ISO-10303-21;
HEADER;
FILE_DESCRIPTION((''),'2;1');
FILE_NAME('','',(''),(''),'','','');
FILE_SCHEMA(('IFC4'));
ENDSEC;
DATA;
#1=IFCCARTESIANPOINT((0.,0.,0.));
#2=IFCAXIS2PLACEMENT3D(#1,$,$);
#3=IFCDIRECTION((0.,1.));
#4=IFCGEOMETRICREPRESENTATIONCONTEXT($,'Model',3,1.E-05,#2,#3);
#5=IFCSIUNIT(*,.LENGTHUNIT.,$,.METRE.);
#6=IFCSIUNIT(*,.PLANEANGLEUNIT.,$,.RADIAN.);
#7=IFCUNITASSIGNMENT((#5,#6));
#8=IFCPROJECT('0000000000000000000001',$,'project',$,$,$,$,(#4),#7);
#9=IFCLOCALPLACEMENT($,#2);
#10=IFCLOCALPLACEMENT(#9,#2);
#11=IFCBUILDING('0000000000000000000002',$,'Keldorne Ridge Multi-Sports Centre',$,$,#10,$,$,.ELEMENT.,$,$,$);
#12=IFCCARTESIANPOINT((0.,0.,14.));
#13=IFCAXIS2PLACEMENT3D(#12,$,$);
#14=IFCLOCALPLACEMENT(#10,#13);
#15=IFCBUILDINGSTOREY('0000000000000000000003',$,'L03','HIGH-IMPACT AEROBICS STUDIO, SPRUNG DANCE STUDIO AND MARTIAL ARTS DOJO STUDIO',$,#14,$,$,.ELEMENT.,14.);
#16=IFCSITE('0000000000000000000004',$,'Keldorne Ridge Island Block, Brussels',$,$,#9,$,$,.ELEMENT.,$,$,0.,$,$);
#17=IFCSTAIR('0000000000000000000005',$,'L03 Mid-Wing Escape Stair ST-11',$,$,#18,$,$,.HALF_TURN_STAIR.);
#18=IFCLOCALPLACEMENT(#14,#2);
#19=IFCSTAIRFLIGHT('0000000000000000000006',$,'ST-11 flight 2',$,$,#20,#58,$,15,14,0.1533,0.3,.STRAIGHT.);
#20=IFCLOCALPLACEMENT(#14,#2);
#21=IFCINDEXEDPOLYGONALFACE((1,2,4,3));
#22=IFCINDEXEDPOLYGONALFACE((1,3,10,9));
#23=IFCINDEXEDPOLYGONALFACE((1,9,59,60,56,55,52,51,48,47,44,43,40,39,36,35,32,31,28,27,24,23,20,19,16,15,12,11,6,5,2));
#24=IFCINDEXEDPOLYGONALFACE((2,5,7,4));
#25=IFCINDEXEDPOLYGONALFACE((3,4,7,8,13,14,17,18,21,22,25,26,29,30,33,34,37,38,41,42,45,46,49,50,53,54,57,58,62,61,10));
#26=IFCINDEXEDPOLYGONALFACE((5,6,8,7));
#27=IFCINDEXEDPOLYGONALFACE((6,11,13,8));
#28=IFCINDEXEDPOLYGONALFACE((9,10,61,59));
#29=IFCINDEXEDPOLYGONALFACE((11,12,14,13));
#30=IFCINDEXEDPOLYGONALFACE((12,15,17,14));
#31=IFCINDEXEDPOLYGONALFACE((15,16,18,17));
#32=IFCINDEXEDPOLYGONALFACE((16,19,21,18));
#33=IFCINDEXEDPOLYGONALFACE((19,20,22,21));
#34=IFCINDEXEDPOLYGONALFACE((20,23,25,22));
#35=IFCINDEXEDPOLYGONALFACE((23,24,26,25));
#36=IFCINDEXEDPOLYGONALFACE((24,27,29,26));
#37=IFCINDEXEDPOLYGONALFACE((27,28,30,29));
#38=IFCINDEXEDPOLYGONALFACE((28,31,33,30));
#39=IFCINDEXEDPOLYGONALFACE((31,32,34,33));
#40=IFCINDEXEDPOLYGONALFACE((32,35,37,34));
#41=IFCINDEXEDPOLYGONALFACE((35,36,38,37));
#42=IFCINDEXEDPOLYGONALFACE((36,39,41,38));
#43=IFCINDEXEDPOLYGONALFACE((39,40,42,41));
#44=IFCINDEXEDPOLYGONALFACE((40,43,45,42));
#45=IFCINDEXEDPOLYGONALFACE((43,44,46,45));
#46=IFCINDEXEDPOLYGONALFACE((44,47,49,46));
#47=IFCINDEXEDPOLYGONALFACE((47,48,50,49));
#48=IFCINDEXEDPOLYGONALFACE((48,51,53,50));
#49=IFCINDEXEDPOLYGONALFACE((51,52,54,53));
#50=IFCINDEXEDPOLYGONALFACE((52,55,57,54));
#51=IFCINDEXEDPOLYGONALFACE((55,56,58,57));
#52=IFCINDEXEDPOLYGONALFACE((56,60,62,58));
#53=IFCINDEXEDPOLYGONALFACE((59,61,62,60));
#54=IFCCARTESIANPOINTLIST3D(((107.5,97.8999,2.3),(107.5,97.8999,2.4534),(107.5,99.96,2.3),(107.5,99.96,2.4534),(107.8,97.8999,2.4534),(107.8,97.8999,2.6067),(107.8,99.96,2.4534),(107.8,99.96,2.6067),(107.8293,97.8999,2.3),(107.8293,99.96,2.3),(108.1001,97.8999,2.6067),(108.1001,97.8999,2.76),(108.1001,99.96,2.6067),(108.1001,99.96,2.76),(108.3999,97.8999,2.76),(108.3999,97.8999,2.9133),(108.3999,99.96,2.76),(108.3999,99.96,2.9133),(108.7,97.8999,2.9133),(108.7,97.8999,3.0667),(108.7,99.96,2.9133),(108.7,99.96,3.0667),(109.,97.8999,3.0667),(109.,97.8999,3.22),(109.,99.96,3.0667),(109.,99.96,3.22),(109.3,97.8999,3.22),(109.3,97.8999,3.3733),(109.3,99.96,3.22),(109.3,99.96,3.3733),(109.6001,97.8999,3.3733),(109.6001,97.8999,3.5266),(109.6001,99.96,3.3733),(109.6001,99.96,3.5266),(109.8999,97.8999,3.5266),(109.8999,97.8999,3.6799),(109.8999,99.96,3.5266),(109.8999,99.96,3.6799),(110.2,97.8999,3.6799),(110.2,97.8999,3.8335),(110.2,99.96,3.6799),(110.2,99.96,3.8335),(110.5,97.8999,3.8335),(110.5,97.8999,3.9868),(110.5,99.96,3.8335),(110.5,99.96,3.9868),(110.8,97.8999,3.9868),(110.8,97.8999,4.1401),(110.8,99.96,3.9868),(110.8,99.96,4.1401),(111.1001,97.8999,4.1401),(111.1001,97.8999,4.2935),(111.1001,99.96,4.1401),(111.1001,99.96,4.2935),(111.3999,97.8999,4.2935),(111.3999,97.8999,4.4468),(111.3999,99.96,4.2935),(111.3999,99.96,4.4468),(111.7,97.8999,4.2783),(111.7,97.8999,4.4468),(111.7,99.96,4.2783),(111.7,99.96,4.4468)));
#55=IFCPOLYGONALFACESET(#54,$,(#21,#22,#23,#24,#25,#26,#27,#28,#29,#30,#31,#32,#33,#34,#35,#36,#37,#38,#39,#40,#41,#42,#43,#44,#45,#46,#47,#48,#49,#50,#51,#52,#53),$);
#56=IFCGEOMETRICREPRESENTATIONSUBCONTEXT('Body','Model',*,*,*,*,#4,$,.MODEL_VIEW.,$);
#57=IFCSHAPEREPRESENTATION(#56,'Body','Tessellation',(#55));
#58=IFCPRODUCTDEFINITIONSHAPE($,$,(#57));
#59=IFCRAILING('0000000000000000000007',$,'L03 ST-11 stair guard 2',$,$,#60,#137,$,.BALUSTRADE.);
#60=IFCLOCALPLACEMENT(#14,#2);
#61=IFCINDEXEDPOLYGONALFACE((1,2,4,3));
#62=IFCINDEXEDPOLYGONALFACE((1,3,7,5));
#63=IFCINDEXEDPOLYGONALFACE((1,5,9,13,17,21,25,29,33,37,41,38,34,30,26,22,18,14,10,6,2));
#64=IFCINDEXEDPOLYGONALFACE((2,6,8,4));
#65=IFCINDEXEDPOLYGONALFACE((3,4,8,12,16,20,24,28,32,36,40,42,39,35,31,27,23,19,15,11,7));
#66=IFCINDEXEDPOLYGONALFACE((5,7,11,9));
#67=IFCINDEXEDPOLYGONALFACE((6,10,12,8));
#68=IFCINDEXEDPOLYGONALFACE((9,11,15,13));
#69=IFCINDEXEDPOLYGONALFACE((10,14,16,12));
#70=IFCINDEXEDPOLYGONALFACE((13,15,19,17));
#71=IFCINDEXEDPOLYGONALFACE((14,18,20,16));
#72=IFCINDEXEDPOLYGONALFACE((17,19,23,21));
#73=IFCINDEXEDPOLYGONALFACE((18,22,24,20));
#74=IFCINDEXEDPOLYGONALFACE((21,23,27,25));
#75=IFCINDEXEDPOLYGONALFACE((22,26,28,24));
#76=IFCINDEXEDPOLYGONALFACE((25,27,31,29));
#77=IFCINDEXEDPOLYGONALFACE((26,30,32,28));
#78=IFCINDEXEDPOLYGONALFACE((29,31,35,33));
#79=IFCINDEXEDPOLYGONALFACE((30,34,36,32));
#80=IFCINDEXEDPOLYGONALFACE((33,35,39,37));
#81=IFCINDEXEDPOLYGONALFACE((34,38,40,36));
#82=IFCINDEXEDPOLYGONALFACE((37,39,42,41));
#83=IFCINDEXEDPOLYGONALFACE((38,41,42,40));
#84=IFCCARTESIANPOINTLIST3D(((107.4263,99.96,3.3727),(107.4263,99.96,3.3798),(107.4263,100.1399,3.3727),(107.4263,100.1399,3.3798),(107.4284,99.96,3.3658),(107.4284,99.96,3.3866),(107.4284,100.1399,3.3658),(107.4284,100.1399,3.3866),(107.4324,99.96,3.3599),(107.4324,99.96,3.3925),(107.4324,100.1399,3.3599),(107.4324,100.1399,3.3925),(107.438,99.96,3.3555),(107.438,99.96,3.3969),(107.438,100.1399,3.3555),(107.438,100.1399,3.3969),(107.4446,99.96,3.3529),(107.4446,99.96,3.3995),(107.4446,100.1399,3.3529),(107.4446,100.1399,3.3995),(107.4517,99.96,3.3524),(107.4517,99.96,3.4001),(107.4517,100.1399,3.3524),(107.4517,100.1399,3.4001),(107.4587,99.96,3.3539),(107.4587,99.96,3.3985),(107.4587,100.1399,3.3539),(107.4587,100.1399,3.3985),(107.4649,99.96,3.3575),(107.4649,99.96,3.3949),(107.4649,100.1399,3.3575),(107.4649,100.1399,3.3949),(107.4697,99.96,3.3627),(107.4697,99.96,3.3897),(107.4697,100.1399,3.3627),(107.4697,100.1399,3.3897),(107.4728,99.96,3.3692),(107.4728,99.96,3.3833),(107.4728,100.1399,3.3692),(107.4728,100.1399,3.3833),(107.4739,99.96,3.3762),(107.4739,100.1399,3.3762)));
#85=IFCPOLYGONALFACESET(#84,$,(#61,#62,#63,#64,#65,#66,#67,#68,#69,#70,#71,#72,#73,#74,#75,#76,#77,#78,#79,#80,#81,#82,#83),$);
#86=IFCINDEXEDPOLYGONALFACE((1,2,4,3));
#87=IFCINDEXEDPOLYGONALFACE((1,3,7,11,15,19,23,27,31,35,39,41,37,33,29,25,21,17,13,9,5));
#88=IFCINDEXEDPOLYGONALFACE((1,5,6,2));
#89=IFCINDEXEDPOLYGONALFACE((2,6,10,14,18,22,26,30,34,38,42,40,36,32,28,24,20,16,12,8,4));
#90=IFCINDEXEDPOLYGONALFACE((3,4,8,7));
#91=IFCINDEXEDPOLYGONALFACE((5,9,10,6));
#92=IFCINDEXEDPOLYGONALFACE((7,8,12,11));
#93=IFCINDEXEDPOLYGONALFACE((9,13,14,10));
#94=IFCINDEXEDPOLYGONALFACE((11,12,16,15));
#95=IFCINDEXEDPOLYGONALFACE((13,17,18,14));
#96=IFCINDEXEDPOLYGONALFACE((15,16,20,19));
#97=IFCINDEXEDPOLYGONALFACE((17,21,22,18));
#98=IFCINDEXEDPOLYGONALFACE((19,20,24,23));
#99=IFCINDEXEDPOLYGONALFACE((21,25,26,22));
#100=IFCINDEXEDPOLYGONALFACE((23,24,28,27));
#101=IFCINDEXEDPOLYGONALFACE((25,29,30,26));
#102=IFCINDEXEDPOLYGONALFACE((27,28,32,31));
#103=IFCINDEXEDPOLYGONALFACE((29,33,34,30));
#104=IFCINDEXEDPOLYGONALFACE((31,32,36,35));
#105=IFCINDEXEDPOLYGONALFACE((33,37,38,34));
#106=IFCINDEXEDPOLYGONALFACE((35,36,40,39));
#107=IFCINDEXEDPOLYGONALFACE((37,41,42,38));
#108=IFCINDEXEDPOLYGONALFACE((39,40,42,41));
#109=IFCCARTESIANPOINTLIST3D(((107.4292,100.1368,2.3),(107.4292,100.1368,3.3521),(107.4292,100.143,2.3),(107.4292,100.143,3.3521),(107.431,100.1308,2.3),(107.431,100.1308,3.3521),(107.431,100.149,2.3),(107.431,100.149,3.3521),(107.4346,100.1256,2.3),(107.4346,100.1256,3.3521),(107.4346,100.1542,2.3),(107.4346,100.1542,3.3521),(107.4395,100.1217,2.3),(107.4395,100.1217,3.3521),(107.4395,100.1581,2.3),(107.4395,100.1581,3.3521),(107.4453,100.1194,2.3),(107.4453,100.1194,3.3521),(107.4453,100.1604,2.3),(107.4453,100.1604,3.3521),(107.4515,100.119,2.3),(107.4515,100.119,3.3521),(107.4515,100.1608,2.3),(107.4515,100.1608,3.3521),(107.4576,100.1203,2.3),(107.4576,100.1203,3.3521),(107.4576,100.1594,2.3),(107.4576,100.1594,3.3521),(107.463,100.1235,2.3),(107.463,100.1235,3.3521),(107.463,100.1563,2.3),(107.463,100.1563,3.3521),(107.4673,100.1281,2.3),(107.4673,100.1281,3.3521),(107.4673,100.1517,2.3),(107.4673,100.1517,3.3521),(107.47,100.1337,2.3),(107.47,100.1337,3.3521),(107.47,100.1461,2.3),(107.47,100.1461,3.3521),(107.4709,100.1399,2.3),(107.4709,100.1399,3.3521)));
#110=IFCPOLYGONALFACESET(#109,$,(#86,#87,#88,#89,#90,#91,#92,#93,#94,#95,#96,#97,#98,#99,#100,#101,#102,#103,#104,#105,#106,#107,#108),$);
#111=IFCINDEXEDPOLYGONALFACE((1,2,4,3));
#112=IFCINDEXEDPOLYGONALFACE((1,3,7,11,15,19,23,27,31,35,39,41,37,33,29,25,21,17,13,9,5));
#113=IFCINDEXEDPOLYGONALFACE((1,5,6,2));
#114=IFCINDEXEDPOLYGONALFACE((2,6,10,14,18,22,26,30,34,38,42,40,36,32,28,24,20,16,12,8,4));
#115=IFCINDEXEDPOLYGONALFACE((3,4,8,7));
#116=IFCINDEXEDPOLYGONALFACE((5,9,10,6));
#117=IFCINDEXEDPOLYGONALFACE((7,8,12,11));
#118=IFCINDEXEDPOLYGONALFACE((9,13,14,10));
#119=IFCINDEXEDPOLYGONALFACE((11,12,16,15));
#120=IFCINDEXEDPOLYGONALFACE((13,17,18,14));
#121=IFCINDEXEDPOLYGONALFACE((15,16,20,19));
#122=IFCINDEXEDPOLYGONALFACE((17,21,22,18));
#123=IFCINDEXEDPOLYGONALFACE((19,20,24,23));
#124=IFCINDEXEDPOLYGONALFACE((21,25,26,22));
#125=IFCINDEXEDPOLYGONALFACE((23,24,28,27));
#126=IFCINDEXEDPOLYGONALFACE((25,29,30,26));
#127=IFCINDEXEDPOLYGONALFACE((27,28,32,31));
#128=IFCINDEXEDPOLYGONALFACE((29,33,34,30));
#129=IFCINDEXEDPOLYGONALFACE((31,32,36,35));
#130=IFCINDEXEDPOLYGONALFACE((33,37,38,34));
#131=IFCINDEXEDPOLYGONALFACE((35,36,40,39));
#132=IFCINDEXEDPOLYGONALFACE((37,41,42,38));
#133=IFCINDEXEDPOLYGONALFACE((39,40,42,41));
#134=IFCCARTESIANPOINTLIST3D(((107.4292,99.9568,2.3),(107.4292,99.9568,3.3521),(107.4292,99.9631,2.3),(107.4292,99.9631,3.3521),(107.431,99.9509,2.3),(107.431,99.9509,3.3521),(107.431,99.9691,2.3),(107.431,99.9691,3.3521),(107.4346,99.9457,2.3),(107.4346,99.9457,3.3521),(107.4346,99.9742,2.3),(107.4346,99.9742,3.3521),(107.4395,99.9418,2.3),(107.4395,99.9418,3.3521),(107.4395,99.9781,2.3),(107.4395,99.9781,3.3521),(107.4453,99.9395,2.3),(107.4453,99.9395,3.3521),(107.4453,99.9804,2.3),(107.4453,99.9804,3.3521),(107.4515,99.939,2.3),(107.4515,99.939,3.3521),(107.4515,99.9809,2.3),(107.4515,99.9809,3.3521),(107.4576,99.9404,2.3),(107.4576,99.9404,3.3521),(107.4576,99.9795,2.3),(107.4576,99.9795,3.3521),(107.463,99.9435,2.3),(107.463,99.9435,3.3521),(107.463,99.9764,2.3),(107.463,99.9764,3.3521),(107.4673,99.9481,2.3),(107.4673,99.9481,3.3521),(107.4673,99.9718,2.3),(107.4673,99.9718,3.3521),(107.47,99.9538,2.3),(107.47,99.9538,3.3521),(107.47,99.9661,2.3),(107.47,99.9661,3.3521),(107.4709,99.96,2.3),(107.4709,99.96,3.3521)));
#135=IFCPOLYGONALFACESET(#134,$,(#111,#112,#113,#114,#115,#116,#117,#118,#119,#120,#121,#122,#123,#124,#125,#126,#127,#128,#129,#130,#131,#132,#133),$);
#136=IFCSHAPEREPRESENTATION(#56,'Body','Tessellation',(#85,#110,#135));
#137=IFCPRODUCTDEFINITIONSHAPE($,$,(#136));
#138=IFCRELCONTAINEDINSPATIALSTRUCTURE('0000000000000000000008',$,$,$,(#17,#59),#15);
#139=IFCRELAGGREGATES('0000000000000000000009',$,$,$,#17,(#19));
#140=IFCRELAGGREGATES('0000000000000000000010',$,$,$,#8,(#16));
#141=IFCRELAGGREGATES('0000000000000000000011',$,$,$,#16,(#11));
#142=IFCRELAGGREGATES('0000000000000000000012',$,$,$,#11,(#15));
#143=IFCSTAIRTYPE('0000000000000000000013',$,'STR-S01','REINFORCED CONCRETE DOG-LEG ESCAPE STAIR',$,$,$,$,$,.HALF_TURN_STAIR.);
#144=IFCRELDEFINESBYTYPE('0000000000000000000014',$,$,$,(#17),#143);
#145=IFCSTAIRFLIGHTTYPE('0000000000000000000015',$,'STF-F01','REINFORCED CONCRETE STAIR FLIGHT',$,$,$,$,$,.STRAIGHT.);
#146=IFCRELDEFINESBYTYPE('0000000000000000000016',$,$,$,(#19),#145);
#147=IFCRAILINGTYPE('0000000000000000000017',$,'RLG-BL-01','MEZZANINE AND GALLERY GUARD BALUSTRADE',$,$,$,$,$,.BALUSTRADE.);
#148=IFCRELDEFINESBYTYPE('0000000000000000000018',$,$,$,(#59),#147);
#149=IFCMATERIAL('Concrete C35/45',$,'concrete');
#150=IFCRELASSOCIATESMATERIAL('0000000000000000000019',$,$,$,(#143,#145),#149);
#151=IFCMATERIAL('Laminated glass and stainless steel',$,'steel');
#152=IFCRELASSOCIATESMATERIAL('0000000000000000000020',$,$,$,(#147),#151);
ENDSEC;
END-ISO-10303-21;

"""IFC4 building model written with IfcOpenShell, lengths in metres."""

from ifc_helpers import new_model, si_unit, direction, frame, origin, origin_2d, place, context, subcontext, project, spatial, polyline, circle, outline, extrude, material, type_object, element, aggregate, save


model = new_model("IFC4")

# Units and contexts
model_context = context("Model", 3, precision=1e-05, world=origin(), true_north=direction((0.0, 1.0)))
body_context = subcontext(model_context, "Body", "Model", "MODEL_VIEW")
ifc_project = project(units=[si_unit("LENGTHUNIT", "METRE"), si_unit("PLANEANGLEUNIT", "RADIAN")], contexts=[model_context])

# Site, building, storey
site_placement = place(None, origin())
site = spatial("IfcSite", under=ifc_project, at=site_placement, Name="Keldorne Ridge Island Block, Brussels", CompositionType="ELEMENT", RefElevation=0.0)
building_placement = place(site_placement, origin())
building = spatial("IfcBuilding", under=site, at=building_placement, Name="Keldorne Ridge Multi-Sports Centre", CompositionType="ELEMENT")
storey_placement = place(building_placement, frame((0.0, 0.0, 14.0)))
storey = spatial("IfcBuildingStorey", under=building, at=storey_placement, Name="L03", Description="HIGH-IMPACT AEROBICS STUDIO, SPRUNG DANCE STUDIO AND MARTIAL ARTS DOJO STUDIO", CompositionType="ELEMENT", Elevation=14.0)

# Stair, stair flight
ifc_material_1 = material(Name="Concrete C35/45", Category="concrete")
stair_type = type_object("IfcStairType", Name="STR-S01", Description="REINFORCED CONCRETE DOG-LEG ESCAPE STAIR", PredefinedType="HALF_TURN_STAIR", material=ifc_material_1)
stair_placement = place(storey_placement, origin())
stair = element("IfcStair", 1, at=stair_placement, inside=storey, type_object=stair_type, Name="L03 Mid-Wing Escape Stair ST-11", PredefinedType="HALF_TURN_STAIR")
stair_flight_type = type_object("IfcStairFlightType", Name="STF-F01", Description="REINFORCED CONCRETE STAIR FLIGHT", PredefinedType="STRAIGHT", material=ifc_material_1)
stair_flight_placement = place(storey_placement, frame((107.5, 98.9299, 2.3), z_axis=(0.0, 0.0, 1.0), x_axis=(1.0, 0.0, 0.0)))
stair_flight = element("IfcStairFlight", 2, at=stair_flight_placement, type_object=stair_flight_type, Name="ST-11 flight 2", NumberOfRisers=15, NumberOfTreads=14, PredefinedType="STRAIGHT", RiserHeight=0.1533, TreadLength=0.3, context=body_context, shape_type="SweptSolid", body=[
    extrude(outline(polyline([(0.0, 0.0), (0.0, 0.1533), (0.3, 0.1533), (0.3, 0.3066), (0.6001, 0.3066), (0.6001, 0.46), (0.8999, 0.46), (0.8999, 0.6133), (1.2, 0.6133), (1.2, 0.7666), (1.5, 0.7666), (1.5, 0.9199), (1.8, 0.9199), (1.8, 1.0732), (2.1001, 1.0732), (2.1001, 1.2266), (2.3999, 1.2266), (2.3999, 1.3799), (2.7, 1.3799), (2.7, 1.5334), (3.0, 1.5334), (3.0, 1.6868), (3.3, 1.6868), (3.3, 1.8401), (3.6001, 1.8401), (3.6001, 1.9934), (3.8999, 1.9934), (3.8999, 2.1467), (4.2, 2.1467), (4.2, 2.3), (4.2, 1.9783), (0.3293, 0.0), (0.0, 0.0)])), frame((0.0, 1.03, 0.0), z_axis=(0.0, -1.0, 0.0), x_axis=(1.0, 0.0, 0.0)), (0.0, 0.0, 1.0), 2.0601),
])
aggregate(stair, [stair_flight])

# Railing
ifc_material_2 = material(Name="Laminated glass and stainless steel", Category="steel")
railing_type_1 = type_object("IfcRailingType", Name="RLG-BL-01", Description="MEZZANINE AND GALLERY GUARD BALUSTRADE", PredefinedType="BALUSTRADE", material=ifc_material_2)
railing_1_placement = place(storey_placement, frame((107.45, 100.1399, 2.3)))
element("IfcRailing", 3, at=railing_1_placement, inside=storey, type_object=railing_type_1, Name="L03 ST-11 stair guard 2", PredefinedType="BALUSTRADE", context=body_context, shape_type="SweptSolid", body=[
    extrude(circle(Radius=0.0239, at=origin_2d()), frame((0.0, 0.0, 1.0762), z_axis=(0.0, -1.0, 0.0), x_axis=(1.0, 0.0, 0.0)), (0.0, 0.0, 1.0), 0.1799),
    extrude(circle(Radius=0.021, at=origin_2d()), origin(), (0.0, 0.0, 1.0), 1.052),
    extrude(circle(Radius=0.021, at=origin_2d()), frame((0.0, -0.1799, 0.0)), (0.0, 0.0, 1.0), 1.052),
])

save(model, "model.ifc")
